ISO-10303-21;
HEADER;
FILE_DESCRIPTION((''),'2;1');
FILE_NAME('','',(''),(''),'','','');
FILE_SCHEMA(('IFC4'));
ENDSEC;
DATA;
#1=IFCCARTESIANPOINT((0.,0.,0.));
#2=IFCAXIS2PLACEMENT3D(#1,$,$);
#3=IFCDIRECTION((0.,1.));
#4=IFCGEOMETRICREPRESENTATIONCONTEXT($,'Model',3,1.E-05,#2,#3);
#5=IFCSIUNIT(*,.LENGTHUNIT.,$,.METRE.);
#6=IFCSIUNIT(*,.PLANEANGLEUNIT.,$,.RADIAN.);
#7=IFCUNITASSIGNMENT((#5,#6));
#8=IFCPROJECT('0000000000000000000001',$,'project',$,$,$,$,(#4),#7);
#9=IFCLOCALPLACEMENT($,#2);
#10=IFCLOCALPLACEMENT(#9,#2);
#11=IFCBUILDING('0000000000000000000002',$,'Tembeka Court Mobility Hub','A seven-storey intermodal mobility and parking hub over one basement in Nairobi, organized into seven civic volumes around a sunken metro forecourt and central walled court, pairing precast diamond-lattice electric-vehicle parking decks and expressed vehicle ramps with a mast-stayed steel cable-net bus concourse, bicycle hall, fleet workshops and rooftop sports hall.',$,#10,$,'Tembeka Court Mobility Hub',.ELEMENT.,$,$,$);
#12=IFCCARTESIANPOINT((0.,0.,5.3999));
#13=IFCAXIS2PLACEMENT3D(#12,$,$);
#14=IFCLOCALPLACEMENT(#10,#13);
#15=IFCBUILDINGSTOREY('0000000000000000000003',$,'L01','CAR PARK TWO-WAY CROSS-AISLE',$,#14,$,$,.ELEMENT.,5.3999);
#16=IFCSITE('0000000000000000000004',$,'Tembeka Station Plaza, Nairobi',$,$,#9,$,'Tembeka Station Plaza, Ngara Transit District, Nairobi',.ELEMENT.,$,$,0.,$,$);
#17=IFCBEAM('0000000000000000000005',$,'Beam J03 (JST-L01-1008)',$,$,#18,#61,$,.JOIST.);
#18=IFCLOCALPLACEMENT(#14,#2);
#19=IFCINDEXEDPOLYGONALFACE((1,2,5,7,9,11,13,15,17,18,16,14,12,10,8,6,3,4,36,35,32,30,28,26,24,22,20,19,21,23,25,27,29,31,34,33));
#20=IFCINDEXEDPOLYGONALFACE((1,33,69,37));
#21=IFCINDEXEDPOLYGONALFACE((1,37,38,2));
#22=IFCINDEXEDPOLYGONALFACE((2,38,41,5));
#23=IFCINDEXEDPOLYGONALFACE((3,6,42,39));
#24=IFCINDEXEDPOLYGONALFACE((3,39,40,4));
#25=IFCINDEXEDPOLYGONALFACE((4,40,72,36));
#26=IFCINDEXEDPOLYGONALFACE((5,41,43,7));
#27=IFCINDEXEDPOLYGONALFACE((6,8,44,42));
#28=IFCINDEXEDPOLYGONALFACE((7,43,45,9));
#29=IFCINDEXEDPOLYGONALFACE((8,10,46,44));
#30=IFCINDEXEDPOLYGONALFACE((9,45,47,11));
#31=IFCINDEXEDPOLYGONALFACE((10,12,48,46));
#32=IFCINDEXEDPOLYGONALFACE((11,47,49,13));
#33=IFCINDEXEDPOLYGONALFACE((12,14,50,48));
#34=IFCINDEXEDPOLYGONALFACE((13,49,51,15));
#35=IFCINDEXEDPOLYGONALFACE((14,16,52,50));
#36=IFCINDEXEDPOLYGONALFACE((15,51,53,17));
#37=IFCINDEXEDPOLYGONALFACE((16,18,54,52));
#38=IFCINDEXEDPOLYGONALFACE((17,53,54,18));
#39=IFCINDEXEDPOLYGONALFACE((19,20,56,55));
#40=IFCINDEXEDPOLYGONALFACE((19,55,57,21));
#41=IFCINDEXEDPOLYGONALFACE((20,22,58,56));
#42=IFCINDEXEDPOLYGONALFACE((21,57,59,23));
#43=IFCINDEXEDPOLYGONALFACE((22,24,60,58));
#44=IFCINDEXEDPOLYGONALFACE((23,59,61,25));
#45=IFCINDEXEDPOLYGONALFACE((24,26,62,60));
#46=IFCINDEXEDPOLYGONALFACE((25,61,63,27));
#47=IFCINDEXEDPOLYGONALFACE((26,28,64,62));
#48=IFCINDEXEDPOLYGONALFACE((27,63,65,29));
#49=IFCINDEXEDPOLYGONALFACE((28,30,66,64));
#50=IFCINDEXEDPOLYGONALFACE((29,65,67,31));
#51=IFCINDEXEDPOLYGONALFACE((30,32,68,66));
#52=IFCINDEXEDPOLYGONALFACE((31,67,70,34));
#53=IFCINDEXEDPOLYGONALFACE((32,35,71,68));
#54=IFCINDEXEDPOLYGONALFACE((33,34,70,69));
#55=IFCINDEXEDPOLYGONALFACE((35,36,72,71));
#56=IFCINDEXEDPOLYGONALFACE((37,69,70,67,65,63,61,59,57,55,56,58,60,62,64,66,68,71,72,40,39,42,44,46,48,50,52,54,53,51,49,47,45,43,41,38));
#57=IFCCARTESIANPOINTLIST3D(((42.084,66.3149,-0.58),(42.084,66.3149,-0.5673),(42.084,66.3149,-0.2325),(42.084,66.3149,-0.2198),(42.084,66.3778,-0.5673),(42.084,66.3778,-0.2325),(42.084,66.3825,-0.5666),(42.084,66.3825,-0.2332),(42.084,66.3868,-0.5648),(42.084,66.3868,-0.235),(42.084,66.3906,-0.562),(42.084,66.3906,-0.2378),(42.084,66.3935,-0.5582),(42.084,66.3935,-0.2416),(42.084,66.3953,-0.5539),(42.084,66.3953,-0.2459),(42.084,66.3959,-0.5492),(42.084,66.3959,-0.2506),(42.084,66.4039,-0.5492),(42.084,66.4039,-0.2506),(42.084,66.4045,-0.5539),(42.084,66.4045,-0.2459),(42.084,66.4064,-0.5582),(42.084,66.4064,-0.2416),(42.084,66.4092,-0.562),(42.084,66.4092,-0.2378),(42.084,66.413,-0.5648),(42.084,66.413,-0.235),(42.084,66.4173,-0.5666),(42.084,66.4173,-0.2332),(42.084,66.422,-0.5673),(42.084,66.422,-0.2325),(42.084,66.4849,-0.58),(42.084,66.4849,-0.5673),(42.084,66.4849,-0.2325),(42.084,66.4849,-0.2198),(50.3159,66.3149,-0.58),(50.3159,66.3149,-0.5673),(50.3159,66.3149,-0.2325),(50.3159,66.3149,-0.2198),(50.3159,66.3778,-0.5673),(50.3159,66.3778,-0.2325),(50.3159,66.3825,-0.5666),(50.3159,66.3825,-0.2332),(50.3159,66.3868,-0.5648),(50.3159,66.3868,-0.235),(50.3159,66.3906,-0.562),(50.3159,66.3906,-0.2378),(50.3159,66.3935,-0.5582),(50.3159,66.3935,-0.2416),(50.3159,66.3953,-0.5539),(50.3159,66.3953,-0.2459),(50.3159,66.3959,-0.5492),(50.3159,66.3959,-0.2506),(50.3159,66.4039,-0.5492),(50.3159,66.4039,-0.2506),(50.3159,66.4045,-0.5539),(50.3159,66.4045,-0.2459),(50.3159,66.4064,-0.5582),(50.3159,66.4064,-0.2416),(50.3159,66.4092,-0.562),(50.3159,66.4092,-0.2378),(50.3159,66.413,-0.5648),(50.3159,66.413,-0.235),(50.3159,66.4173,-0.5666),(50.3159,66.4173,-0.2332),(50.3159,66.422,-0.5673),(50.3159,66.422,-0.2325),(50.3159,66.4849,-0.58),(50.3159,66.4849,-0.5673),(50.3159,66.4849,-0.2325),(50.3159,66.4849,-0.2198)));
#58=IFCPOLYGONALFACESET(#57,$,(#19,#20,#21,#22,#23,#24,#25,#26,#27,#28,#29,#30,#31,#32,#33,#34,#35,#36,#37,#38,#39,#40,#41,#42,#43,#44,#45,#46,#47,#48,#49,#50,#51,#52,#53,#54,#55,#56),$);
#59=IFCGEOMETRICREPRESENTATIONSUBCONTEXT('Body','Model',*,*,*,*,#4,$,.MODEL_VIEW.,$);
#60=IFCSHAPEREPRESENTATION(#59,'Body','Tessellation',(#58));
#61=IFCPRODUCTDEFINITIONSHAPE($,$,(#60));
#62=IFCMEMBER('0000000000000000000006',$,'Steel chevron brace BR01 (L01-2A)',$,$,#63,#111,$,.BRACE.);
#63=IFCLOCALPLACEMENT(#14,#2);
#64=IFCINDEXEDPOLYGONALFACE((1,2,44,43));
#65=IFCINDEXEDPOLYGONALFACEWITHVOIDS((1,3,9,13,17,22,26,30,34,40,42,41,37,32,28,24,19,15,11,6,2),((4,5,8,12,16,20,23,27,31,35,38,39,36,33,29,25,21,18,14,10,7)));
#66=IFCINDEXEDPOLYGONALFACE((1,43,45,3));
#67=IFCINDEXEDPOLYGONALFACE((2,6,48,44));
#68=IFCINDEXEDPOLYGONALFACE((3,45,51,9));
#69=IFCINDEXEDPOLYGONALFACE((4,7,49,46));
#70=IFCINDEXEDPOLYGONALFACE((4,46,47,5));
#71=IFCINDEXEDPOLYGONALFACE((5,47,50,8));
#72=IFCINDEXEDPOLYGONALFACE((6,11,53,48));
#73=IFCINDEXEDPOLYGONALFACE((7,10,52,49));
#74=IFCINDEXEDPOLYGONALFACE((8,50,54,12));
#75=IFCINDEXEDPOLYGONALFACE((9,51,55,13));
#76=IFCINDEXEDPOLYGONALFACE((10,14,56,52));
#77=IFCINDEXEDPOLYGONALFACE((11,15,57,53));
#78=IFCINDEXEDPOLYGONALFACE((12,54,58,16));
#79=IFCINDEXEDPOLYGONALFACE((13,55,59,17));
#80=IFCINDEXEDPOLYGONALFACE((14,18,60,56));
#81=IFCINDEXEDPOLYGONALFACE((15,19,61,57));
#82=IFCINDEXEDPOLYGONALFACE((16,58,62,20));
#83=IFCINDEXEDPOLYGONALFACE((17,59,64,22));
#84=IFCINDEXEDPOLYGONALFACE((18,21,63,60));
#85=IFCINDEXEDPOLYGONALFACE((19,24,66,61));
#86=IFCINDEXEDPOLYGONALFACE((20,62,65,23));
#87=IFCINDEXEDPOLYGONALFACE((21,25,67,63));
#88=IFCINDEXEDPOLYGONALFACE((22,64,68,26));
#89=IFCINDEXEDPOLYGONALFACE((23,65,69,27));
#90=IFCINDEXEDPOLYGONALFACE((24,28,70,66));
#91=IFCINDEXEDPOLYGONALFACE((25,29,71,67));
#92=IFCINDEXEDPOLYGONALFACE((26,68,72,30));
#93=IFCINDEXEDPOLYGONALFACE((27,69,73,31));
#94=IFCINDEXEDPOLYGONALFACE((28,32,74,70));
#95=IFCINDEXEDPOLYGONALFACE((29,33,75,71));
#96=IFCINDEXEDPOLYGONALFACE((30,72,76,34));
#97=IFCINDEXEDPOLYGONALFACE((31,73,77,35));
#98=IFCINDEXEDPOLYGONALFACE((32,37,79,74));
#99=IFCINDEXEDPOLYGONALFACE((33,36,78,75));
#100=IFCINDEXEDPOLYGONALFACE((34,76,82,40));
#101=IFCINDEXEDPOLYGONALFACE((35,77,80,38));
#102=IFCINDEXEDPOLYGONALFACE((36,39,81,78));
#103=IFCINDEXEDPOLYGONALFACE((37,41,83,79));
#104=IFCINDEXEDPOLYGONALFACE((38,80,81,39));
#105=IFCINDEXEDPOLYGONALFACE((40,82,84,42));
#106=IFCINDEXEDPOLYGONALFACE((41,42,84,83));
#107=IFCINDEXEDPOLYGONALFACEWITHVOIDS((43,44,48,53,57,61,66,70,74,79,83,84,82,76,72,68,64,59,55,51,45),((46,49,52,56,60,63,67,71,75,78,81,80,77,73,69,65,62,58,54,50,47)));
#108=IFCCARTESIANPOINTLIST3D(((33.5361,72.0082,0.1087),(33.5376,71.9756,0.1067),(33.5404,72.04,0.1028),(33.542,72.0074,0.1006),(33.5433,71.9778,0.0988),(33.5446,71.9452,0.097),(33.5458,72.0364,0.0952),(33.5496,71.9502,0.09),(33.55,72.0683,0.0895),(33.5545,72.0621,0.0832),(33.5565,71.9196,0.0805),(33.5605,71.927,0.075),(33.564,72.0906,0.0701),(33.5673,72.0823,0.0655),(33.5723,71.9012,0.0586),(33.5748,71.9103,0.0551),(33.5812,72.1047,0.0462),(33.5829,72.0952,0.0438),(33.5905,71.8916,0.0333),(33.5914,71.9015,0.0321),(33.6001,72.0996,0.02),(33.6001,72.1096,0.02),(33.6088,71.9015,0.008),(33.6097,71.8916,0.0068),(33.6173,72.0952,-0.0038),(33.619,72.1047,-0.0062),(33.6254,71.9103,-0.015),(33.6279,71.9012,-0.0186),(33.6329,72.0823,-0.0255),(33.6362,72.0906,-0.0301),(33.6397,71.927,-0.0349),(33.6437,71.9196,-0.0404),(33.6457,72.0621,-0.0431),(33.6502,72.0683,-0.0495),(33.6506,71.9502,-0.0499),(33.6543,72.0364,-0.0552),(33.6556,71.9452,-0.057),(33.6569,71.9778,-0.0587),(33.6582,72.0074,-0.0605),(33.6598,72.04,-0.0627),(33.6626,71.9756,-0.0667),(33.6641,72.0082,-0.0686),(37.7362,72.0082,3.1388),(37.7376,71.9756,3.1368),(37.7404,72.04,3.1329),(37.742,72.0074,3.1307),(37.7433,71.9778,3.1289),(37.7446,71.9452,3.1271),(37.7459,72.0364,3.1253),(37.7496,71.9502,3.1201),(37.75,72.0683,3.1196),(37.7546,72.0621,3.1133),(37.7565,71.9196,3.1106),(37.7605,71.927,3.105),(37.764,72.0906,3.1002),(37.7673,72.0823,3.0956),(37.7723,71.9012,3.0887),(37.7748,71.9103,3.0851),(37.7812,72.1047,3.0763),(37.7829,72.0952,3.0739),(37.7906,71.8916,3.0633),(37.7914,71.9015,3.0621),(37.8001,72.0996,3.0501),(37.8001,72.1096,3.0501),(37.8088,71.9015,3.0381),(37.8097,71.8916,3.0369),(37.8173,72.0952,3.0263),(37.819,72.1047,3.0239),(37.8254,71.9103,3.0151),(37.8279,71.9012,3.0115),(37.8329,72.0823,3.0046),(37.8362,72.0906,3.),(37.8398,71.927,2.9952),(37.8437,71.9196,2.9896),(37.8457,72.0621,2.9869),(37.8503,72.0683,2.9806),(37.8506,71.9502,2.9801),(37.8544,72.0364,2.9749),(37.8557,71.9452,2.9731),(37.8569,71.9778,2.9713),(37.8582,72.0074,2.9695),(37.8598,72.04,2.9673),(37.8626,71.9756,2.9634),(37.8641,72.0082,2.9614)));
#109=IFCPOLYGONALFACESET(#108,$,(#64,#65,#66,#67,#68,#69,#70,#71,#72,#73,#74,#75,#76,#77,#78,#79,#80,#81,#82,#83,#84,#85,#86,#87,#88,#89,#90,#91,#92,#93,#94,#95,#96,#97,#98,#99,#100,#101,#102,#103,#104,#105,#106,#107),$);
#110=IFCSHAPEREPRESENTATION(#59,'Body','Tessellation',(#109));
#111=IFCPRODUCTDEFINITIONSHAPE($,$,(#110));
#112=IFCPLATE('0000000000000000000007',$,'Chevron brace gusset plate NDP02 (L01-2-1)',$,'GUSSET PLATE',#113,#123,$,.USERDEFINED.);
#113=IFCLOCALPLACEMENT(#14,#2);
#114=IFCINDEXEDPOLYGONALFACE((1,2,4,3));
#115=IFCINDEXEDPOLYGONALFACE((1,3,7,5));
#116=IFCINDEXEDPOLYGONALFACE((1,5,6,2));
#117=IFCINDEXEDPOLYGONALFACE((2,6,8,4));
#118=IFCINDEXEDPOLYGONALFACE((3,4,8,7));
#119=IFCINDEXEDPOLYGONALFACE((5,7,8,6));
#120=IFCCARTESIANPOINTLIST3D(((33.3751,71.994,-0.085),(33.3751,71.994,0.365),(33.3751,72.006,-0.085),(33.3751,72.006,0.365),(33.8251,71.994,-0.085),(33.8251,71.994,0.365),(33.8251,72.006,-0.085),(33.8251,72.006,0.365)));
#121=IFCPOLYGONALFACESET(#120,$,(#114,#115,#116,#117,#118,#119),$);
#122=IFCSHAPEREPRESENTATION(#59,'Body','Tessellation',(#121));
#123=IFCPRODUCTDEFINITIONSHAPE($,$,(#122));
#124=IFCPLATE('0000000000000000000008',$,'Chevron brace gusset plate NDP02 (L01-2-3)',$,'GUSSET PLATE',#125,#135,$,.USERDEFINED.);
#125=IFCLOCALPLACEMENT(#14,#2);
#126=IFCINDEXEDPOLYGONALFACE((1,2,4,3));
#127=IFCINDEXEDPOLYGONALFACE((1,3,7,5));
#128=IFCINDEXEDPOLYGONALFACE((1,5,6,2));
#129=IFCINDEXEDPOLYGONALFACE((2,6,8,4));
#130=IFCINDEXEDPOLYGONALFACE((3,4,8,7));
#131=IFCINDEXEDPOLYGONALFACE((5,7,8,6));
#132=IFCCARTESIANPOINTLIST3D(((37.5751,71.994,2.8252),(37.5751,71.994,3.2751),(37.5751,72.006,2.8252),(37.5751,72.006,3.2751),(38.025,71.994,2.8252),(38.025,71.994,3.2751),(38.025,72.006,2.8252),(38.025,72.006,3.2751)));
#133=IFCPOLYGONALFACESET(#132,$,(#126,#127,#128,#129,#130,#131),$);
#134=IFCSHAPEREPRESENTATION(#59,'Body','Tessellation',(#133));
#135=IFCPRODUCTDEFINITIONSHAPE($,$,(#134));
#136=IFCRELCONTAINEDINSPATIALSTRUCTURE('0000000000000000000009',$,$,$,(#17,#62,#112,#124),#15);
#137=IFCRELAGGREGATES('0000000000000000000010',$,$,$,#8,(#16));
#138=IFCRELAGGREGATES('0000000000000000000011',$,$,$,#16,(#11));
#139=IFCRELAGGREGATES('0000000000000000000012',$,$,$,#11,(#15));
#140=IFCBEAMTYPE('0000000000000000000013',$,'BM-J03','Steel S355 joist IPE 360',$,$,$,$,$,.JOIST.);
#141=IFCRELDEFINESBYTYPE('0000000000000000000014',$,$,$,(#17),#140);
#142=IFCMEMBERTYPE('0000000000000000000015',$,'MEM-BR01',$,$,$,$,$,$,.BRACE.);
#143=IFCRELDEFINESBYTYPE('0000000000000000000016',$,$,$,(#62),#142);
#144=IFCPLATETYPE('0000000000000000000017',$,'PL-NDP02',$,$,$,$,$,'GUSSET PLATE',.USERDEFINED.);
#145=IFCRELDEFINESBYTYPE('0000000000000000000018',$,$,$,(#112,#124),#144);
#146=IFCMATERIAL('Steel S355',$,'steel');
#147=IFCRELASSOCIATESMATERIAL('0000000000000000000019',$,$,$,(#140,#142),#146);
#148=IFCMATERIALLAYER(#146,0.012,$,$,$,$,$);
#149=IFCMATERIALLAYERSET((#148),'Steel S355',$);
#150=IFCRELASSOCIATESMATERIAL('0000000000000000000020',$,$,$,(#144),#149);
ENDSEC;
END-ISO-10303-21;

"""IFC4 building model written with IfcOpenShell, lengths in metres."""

from ifc_helpers import new_model, si_unit, direction, frame, origin, origin_2d, place, context, subcontext, project, spatial, rectangle, hollow_circle, i_section, extrude, material, layer, layer_set, material_profile, profile_set, type_object, element, save


model = new_model("IFC4")

# Units and contexts
model_context = context("Model", 3, precision=1e-05, world=origin(), true_north=direction((0.0, 1.0)))
body_context = subcontext(model_context, "Body", "Model", "MODEL_VIEW")
ifc_project = project(units=[si_unit("LENGTHUNIT", "METRE"), si_unit("PLANEANGLEUNIT", "RADIAN")], contexts=[model_context])

# Site, building, storey
site_placement = place(None, origin())
site = spatial("IfcSite", under=ifc_project, at=site_placement, Name="Tembeka Station Plaza, Nairobi", LongName="Tembeka Station Plaza, Ngara Transit District, Nairobi", CompositionType="ELEMENT", RefElevation=0.0)
building_placement = place(site_placement, origin())
building = spatial("IfcBuilding", under=site, at=building_placement, Name="Tembeka Court Mobility Hub", Description="A seven-storey intermodal mobility and parking hub over one basement in Nairobi, organized into seven civic volumes around a sunken metro forecourt and central walled court, pairing precast diamond-lattice electric-vehicle parking decks and expressed vehicle ramps with a mast-stayed steel cable-net bus concourse, bicycle hall, fleet workshops and rooftop sports hall.", LongName="Tembeka Court Mobility Hub", CompositionType="ELEMENT")
storey_placement = place(building_placement, frame((0.0, 0.0, 5.3999)))
storey = spatial("IfcBuildingStorey", under=building, at=storey_placement, Name="L01", Description="CAR PARK TWO-WAY CROSS-AISLE", CompositionType="ELEMENT", Elevation=5.3999)

# Shared definitions
ifc_material_1 = material(Name="Steel S355", Category="steel")

# Beam
ifc_material_profile_1 = material_profile(ifc_material_1, i_section(OverallWidth=0.1699, OverallDepth=0.3601, WebThickness=0.0081, FlangeThickness=0.0127, FilletRadius=0.0181, at=origin_2d()), Name="IPE 360")
ifc_profile_set_1 = profile_set([ifc_material_profile_1], Name="Steel S355")
beam_type_1 = type_object("IfcBeamType", Name="BM-J03", Description="Steel S355 joist IPE 360", PredefinedType="JOIST", material=ifc_profile_set_1)
for number, where, z_axis, x_axis, name in (
    (1, (42.084, 66.3999, -0.3999), (1.0, 0.0, 0.0), (0.0, 1.0, 0.0), "Beam J03 (JST-L01-1008)"),
):
    element("IfcBeam", number, at=place(storey_placement, frame(where, z_axis=z_axis, x_axis=x_axis)), inside=storey, type_object=beam_type_1, Name=name, PredefinedType="JOIST", context=body_context, shape_type="SweptSolid", body=[
        extrude(i_section(OverallWidth=0.1699, OverallDepth=0.3601, WebThickness=0.0081, FlangeThickness=0.0127, FilletRadius=0.0181, at=origin_2d()), origin(), (0.0, 0.0, 1.0), 8.2319),
    ])

# Member
ifc_material_profile_2 = material_profile(ifc_material_1, hollow_circle(Radius=0.1096, WallThickness=0.01, at=origin_2d()), Name="CHS 219.1x10")
ifc_profile_set_2 = profile_set([ifc_material_profile_2], Name="Steel S355")
member_type = type_object("IfcMemberType", Name="MEM-BR01", PredefinedType="BRACE", material=ifc_profile_set_2)
member_placement = place(storey_placement, frame((33.6001, 72.0, 0.02), z_axis=(0.810979, 0.0, 0.585076), x_axis=(0.0, 1.0, 0.0)))
element("IfcMember", 2, at=member_placement, inside=storey, type_object=member_type, Name="Steel chevron brace BR01 (L01-2A)", PredefinedType="BRACE", context=body_context, shape_type="SweptSolid", body=[
    extrude(hollow_circle(Radius=0.1096, WallThickness=0.01, at=origin_2d()), origin(), (0.0, 0.0, 1.0), 5.179),
])

# Plates
ifc_layer = layer(ifc_material_1, 0.012)
ifc_layer_set = layer_set([ifc_layer], Name="Steel S355")
plate_type = type_object("IfcPlateType", Name="PL-NDP02", ElementType="GUSSET PLATE", PredefinedType="USERDEFINED", material=ifc_layer_set)
for number, where, z_axis, x_axis, name in (
    (3, (33.6001, 72.0, -0.085), (0.0, 0.0, 1.0), (1.0, 0.0, 0.0), "Chevron brace gusset plate NDP02 (L01-2-1)"),
    (4, (37.8, 72.0, 2.8252), (0.0, 0.0, 1.0), (1.0, 0.0, 0.0), "Chevron brace gusset plate NDP02 (L01-2-3)"),
):
    element("IfcPlate", number, at=place(storey_placement, frame(where, z_axis=z_axis, x_axis=x_axis)), inside=storey, type_object=plate_type, Name=name, ObjectType="GUSSET PLATE", PredefinedType="USERDEFINED", context=body_context, shape_type="SweptSolid", body=[
        extrude(rectangle(XDim=0.45, YDim=0.012, at=origin_2d()), origin(), (0.0, 0.0, 1.0), 0.45),
    ])

save(model, "model.ifc")
